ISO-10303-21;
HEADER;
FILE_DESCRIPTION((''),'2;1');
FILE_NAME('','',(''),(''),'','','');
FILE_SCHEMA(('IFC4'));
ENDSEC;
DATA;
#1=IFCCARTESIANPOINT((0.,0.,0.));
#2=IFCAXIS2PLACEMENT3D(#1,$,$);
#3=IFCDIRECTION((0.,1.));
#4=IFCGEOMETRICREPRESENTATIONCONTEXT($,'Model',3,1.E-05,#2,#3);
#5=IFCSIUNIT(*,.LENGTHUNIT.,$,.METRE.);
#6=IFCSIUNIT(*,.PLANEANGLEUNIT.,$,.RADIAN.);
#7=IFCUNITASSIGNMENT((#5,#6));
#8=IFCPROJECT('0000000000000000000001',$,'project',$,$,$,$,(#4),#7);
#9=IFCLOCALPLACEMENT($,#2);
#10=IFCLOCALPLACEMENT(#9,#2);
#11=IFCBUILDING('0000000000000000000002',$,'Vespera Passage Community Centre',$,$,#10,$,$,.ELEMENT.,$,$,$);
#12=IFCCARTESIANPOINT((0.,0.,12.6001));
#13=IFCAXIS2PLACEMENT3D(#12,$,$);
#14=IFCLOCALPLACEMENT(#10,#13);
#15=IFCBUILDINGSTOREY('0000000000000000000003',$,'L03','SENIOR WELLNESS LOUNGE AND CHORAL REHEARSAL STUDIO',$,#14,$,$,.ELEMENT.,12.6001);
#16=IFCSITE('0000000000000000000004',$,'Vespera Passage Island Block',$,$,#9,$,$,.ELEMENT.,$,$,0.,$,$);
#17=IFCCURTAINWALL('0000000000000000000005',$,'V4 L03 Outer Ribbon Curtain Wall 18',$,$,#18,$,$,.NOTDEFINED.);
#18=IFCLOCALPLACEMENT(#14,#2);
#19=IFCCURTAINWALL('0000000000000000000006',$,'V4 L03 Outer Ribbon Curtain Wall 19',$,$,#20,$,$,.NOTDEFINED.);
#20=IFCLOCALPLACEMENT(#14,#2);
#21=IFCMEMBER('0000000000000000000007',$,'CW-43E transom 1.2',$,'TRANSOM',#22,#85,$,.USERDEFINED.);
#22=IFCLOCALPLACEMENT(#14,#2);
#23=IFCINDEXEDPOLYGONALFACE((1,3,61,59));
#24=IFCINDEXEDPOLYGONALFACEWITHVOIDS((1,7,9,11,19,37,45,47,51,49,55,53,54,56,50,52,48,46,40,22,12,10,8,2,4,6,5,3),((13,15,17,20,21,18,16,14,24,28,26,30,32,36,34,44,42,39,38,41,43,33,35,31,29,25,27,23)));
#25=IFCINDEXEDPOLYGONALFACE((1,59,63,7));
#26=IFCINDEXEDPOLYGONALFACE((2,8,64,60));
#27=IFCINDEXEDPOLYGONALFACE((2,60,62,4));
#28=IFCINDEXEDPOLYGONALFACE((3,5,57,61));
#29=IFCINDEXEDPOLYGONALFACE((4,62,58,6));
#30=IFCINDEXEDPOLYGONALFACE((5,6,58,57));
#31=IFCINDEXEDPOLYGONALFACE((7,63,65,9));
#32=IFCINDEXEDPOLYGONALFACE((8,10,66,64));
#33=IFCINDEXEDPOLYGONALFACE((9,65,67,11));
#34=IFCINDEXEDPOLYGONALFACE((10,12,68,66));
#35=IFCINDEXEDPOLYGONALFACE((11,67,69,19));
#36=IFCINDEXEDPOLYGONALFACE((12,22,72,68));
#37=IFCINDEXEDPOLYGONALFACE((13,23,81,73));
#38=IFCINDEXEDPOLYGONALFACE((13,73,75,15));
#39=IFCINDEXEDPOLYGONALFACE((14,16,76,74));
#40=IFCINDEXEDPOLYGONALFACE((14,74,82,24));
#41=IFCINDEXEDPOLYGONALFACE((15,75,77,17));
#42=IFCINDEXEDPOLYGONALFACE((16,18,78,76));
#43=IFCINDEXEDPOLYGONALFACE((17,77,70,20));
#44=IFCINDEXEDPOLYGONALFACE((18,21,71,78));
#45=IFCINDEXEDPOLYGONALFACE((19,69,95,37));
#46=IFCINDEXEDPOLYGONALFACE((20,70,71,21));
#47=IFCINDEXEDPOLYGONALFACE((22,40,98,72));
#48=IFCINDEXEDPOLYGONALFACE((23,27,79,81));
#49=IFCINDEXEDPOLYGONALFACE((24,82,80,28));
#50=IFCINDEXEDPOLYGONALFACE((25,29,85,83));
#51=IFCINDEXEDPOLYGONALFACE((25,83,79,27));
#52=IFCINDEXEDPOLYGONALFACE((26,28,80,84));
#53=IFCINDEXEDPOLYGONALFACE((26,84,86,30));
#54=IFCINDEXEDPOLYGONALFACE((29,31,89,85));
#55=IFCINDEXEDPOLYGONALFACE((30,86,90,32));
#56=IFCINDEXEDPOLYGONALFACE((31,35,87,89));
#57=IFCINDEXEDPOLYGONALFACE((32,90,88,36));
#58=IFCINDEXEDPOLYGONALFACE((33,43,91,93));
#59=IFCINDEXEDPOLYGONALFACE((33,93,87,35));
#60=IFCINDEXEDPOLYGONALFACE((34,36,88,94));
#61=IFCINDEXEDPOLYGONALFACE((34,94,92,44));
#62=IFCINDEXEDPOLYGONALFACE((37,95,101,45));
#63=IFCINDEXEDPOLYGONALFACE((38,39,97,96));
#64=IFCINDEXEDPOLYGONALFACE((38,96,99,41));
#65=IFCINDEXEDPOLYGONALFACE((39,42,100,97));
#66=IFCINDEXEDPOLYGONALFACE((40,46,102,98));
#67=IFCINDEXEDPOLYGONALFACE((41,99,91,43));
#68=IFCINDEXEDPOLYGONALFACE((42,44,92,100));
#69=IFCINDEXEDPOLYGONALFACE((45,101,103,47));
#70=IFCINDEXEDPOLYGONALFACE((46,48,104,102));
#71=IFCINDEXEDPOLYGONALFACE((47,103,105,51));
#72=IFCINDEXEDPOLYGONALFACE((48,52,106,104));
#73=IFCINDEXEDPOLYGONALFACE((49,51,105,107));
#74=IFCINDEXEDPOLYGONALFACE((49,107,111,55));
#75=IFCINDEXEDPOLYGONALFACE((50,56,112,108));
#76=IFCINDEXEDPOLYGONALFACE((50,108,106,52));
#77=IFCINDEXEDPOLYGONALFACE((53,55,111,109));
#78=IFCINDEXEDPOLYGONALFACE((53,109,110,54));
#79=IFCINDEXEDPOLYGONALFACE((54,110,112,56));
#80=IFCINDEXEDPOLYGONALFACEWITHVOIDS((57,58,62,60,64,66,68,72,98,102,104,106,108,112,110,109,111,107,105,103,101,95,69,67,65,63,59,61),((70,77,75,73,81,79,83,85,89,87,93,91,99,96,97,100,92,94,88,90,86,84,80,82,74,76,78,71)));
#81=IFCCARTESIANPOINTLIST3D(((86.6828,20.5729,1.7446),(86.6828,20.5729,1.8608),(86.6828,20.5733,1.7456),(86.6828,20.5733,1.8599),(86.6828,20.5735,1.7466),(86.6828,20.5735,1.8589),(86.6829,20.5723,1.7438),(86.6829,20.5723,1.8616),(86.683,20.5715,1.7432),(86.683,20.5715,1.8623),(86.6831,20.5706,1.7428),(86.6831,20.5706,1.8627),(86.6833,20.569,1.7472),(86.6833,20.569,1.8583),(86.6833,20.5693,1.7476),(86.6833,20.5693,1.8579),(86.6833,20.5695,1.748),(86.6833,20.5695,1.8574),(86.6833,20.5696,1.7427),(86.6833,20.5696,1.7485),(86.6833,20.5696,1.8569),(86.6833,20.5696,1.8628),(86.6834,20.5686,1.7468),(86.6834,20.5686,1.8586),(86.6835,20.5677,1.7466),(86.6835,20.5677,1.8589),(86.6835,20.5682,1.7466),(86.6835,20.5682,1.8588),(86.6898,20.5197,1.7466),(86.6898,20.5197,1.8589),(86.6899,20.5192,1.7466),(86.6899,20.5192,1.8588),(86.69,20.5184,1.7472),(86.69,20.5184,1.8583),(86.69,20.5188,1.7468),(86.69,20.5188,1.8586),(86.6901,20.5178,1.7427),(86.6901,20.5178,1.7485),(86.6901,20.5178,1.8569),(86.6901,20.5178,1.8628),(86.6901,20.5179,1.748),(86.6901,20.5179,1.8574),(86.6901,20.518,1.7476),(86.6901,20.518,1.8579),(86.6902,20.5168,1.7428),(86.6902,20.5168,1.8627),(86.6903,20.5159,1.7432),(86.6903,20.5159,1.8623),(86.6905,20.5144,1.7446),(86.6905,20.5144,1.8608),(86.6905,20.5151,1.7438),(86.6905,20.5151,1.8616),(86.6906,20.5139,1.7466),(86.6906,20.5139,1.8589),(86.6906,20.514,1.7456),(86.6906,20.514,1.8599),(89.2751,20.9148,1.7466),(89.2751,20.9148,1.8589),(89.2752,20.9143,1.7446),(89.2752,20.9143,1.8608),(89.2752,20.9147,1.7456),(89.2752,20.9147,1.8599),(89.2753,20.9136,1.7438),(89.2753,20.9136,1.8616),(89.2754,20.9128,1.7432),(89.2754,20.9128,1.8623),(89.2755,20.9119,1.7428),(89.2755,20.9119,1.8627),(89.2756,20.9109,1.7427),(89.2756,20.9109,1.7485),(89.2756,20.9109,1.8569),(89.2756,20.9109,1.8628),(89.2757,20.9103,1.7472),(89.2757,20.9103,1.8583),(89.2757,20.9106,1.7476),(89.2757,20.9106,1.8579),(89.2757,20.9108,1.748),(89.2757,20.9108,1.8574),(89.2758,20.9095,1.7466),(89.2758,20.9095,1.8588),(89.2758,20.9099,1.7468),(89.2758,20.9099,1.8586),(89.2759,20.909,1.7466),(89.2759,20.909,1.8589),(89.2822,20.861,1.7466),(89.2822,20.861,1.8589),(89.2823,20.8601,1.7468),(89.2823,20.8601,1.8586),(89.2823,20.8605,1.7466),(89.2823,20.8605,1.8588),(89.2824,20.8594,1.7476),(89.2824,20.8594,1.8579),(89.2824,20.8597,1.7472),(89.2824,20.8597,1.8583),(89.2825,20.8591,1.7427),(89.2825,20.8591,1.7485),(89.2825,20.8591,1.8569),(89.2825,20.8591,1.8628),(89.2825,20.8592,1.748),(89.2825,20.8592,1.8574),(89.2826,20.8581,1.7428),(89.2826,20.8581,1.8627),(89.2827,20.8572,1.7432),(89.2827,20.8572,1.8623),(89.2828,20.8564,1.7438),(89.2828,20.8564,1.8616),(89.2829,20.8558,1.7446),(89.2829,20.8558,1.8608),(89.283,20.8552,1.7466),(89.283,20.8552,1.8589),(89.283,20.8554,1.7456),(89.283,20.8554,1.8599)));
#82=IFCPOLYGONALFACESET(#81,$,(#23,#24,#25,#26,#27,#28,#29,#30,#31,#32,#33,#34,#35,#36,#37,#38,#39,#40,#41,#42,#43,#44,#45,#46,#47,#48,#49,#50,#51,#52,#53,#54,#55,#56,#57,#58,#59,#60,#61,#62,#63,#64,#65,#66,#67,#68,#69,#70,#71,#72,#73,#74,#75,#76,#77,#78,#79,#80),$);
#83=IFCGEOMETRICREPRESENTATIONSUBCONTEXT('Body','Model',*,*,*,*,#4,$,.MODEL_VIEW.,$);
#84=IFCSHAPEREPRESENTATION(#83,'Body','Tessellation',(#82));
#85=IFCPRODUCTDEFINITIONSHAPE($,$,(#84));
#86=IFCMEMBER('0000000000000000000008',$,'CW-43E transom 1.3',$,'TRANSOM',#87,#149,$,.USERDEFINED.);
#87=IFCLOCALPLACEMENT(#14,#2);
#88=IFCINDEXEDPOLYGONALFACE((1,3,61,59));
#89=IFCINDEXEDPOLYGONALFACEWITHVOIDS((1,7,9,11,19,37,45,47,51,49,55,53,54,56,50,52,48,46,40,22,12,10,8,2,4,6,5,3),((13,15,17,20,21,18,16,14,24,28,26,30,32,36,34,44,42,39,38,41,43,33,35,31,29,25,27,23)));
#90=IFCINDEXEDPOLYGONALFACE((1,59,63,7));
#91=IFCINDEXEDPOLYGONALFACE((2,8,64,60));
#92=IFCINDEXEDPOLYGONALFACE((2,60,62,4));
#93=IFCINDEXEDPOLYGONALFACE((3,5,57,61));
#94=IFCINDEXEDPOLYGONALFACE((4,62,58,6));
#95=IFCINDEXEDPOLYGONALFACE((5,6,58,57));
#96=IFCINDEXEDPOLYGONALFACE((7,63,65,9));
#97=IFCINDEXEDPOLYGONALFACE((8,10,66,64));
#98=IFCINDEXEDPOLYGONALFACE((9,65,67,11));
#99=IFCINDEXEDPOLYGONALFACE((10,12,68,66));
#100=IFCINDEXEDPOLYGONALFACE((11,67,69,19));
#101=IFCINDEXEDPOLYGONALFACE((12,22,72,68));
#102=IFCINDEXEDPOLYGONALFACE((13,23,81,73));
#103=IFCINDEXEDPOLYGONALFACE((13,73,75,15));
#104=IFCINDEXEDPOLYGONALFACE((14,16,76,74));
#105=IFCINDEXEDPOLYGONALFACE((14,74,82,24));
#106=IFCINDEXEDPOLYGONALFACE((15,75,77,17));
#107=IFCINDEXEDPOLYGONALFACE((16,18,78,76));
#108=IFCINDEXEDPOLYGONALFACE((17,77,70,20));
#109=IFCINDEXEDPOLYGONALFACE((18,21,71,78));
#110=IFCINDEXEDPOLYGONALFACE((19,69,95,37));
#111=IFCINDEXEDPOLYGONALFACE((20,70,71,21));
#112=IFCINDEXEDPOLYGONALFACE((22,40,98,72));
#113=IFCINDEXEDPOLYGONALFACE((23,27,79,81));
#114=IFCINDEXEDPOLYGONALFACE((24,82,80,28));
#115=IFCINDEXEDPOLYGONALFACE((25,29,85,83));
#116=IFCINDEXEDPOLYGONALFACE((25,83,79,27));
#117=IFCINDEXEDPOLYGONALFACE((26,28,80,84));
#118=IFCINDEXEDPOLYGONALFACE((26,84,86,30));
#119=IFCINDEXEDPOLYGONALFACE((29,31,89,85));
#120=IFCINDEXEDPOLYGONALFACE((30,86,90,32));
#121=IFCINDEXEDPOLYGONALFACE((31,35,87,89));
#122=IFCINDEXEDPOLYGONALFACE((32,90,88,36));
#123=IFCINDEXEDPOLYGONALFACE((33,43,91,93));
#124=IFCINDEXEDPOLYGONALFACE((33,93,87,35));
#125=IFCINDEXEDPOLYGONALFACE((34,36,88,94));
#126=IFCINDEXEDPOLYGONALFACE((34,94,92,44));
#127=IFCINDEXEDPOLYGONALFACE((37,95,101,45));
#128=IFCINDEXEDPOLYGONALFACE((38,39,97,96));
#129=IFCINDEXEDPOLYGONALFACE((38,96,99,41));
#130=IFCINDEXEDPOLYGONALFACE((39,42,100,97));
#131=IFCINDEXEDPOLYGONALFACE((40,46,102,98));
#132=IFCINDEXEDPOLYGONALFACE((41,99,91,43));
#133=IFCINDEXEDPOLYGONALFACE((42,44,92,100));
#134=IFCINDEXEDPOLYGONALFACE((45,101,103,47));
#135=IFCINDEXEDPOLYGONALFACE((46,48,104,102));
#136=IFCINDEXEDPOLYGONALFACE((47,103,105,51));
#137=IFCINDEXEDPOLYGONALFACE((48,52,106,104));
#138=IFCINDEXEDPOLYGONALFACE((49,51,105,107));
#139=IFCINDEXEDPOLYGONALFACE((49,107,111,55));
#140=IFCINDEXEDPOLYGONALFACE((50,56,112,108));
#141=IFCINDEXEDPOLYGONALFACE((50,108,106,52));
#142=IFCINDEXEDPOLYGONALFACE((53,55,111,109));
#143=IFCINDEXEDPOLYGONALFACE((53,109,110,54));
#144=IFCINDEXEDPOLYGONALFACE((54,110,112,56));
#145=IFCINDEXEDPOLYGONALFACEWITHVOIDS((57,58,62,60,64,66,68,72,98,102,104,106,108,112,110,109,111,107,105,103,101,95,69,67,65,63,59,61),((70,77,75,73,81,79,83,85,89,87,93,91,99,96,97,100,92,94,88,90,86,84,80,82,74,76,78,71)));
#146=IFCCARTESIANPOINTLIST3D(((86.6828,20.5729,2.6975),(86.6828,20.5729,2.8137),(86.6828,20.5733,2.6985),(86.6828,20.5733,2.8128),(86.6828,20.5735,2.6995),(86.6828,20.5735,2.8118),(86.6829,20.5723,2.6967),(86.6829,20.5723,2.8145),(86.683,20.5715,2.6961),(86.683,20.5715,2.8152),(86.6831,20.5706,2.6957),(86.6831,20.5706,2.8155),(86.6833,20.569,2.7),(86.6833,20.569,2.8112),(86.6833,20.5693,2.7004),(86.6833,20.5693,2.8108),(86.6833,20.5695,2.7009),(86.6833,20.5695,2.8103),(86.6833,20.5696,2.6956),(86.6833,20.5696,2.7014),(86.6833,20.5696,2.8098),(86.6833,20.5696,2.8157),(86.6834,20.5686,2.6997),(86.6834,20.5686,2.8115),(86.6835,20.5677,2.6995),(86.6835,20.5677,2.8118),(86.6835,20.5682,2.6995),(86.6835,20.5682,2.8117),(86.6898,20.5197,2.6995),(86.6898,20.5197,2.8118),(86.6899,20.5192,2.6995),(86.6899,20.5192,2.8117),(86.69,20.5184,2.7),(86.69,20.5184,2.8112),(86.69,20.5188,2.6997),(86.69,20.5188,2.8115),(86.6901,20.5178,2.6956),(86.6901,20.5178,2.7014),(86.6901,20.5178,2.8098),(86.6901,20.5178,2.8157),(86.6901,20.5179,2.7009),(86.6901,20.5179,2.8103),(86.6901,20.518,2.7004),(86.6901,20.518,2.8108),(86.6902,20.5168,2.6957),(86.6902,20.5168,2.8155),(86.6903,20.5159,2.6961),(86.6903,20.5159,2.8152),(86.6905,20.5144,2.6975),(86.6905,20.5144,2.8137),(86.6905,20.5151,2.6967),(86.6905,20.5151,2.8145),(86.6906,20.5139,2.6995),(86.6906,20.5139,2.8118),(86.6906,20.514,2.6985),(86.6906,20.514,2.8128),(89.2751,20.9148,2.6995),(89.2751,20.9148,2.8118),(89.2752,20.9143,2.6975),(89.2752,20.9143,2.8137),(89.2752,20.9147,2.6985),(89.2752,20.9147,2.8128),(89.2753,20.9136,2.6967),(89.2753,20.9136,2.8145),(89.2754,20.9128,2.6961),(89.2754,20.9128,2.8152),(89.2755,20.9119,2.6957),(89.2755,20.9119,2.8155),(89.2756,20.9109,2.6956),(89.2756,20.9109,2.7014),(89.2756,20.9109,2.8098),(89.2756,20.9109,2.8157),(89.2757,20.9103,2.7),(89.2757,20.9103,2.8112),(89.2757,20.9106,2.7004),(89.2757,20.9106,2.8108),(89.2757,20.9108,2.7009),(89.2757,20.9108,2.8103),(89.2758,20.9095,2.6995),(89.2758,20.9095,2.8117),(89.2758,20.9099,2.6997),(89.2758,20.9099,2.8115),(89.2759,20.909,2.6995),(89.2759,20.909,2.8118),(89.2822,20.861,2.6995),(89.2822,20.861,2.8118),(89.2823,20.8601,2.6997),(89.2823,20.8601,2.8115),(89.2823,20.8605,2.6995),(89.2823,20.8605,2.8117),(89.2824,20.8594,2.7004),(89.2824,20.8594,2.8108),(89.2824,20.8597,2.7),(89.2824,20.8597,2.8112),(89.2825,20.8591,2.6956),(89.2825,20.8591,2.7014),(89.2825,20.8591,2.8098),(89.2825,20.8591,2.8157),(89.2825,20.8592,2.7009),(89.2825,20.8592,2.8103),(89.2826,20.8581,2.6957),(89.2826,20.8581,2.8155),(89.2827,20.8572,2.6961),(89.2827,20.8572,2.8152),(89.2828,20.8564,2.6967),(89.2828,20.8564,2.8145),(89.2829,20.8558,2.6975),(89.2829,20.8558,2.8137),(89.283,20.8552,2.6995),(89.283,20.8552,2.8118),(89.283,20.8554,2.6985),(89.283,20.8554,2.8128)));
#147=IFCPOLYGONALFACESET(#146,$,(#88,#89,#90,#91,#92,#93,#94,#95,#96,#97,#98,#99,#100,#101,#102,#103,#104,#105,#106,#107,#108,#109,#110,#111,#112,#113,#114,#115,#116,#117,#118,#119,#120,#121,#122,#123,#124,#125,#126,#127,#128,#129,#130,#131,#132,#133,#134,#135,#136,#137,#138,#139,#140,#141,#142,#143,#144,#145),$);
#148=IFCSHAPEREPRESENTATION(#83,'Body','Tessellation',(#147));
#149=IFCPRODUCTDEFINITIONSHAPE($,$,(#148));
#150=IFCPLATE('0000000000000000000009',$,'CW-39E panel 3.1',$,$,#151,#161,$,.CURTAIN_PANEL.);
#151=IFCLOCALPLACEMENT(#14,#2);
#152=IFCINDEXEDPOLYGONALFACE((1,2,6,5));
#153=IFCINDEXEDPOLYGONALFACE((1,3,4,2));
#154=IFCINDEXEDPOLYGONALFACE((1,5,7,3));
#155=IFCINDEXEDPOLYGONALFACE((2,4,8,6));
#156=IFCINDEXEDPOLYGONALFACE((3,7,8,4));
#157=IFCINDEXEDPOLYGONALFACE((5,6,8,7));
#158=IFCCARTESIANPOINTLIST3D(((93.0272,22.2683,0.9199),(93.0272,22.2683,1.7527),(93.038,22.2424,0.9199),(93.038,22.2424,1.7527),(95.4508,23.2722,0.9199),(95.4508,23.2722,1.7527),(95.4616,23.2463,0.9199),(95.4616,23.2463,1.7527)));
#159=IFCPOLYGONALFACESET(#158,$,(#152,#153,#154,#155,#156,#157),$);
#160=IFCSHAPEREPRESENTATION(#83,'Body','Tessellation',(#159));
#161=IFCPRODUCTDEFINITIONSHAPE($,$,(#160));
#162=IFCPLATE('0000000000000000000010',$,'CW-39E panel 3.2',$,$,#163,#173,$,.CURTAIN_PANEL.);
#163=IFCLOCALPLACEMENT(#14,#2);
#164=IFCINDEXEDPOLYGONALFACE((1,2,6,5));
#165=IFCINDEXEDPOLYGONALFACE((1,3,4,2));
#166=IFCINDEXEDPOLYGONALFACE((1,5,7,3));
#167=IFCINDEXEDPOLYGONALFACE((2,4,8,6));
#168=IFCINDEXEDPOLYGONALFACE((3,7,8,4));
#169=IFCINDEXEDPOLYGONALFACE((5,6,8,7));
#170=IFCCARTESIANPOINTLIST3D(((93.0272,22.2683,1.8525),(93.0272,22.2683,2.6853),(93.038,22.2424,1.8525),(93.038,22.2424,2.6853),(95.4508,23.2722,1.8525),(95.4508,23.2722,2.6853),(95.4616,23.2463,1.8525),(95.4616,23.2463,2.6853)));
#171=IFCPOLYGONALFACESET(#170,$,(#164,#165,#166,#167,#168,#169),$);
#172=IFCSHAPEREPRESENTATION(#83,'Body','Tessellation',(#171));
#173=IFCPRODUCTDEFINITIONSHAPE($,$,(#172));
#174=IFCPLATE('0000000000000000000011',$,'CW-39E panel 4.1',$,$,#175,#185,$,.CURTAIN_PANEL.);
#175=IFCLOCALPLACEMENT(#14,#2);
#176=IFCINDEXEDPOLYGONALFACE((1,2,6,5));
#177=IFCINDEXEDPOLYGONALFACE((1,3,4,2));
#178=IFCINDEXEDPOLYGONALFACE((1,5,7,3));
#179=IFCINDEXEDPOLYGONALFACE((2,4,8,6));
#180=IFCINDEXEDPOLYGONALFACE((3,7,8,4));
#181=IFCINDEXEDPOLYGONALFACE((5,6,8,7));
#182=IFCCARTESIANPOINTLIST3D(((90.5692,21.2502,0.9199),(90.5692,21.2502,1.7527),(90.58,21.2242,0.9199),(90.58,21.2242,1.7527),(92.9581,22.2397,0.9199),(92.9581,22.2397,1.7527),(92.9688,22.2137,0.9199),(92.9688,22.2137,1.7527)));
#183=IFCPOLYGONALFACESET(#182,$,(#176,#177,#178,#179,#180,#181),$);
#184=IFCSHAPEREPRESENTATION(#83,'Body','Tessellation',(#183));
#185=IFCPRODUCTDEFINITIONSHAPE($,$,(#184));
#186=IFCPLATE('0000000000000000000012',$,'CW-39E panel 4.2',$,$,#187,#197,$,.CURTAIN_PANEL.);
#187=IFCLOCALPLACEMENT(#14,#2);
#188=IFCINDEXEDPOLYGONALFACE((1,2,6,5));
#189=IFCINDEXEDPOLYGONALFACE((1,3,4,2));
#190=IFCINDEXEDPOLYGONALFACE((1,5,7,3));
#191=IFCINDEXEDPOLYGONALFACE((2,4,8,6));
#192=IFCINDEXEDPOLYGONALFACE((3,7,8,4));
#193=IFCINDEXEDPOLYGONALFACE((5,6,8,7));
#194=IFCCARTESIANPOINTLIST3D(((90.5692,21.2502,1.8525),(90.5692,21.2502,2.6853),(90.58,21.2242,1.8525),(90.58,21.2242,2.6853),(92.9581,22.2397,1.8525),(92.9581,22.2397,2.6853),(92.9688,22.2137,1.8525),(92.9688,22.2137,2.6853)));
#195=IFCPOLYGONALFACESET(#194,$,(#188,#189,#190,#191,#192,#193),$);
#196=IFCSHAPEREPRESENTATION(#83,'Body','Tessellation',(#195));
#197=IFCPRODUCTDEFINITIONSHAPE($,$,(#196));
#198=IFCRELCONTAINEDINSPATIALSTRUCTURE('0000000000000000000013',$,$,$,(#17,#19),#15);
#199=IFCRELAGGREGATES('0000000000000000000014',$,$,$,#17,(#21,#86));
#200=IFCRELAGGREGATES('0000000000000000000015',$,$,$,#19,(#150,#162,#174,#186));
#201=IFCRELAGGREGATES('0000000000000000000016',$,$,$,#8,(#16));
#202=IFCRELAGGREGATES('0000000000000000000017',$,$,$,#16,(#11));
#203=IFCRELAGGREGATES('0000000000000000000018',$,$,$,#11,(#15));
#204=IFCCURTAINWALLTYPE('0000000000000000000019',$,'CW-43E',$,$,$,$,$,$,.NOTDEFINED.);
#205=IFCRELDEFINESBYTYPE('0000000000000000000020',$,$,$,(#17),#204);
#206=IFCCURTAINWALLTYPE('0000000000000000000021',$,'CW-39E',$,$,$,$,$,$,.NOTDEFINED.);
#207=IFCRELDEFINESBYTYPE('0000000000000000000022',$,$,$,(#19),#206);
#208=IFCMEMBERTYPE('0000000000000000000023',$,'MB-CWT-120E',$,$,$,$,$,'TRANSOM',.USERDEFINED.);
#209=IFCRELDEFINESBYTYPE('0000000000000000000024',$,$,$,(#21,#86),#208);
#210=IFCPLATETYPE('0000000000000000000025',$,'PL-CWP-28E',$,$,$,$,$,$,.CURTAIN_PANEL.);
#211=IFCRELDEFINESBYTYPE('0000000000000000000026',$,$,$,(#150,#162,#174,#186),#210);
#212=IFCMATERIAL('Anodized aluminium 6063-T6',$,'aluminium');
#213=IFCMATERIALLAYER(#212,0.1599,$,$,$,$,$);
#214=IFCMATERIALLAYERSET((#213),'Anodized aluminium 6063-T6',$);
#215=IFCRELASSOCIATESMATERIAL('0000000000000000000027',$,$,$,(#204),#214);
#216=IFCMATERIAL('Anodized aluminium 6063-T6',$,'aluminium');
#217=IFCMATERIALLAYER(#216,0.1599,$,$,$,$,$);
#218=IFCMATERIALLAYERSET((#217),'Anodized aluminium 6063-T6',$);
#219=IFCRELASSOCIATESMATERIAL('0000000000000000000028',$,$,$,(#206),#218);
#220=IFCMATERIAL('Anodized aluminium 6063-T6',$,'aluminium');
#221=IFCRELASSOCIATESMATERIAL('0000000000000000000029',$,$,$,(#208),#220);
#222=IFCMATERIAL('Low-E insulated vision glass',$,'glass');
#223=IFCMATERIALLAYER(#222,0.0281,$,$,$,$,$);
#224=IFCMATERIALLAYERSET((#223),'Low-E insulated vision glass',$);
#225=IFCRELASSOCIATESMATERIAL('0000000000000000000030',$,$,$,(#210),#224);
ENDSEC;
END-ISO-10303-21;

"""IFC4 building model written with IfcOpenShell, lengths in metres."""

from ifc_helpers import new_model, si_unit, direction, frame, origin, origin_2d, place, context, subcontext, project, spatial, rectangle, hollow_rectangle, extrude, material, layer, layer_set, material_profile, profile_set, type_object, element, aggregate, save


model = new_model("IFC4")

# Units and contexts
model_context = context("Model", 3, precision=1e-05, world=origin(), true_north=direction((0.0, 1.0)))
body_context = subcontext(model_context, "Body", "Model", "MODEL_VIEW")
ifc_project = project(units=[si_unit("LENGTHUNIT", "METRE"), si_unit("PLANEANGLEUNIT", "RADIAN")], contexts=[model_context])

# Site, building, storey
site_placement = place(None, origin())
site = spatial("IfcSite", under=ifc_project, at=site_placement, Name="Vespera Passage Island Block", CompositionType="ELEMENT", RefElevation=0.0)
building_placement = place(site_placement, origin())
building = spatial("IfcBuilding", under=site, at=building_placement, Name="Vespera Passage Community Centre", CompositionType="ELEMENT")
storey_placement = place(building_placement, frame((0.0, 0.0, 12.6001)))
storey = spatial("IfcBuildingStorey", under=building, at=storey_placement, Name="L03", Description="SENIOR WELLNESS LOUNGE AND CHORAL REHEARSAL STUDIO", CompositionType="ELEMENT", Elevation=12.6001)

# Curtain wall
ifc_material_1 = material(Name="Anodized aluminium 6063-T6", Category="aluminium")
ifc_layer_1 = layer(ifc_material_1, 0.1599)
ifc_layer_set_1 = layer_set([ifc_layer_1], Name="Anodized aluminium 6063-T6")
curtain_wall_type_1 = type_object("IfcCurtainWallType", Name="CW-43E", PredefinedType="NOTDEFINED", material=ifc_layer_set_1)
curtain_wall_1_placement = place(storey_placement, origin())
curtain_wall_1 = element("IfcCurtainWall", 1, at=curtain_wall_1_placement, inside=storey, type_object=curtain_wall_type_1, Name="V4 L03 Outer Ribbon Curtain Wall 18", PredefinedType="NOTDEFINED")

# Curtain wall
ifc_material_2 = material(Name="Anodized aluminium 6063-T6", Category="aluminium")
ifc_layer_2 = layer(ifc_material_2, 0.1599)
ifc_layer_set_2 = layer_set([ifc_layer_2], Name="Anodized aluminium 6063-T6")
curtain_wall_type_2 = type_object("IfcCurtainWallType", Name="CW-39E", PredefinedType="NOTDEFINED", material=ifc_layer_set_2)
curtain_wall_2_placement = place(storey_placement, origin())
curtain_wall_2 = element("IfcCurtainWall", 2, at=curtain_wall_2_placement, inside=storey, type_object=curtain_wall_type_2, Name="V4 L03 Outer Ribbon Curtain Wall 19", PredefinedType="NOTDEFINED")

# Members
ifc_material_3 = material(Name="Anodized aluminium 6063-T6", Category="aluminium")
ifc_material_profile_1 = material_profile(ifc_material_3, hollow_rectangle(XDim=0.0601, YDim=0.1201, WallThickness=0.0039, InnerFilletRadius=0.002, OuterFilletRadius=0.0039, at=origin_2d()), Name="ALU120X60X4")
ifc_profile_set_1 = profile_set([ifc_material_profile_1], Name="Anodized aluminium 6063-T6")
member_type_1 = type_object("IfcMemberType", Name="MB-CWT-120E", ElementType="TRANSOM", PredefinedType="USERDEFINED", material=ifc_profile_set_1)
member_1_placement = place(storey_placement, frame((89.2791, 20.885, 1.8027), z_axis=(-0.991443, -0.130537, 0.0), x_axis=(0.130537, -0.991443, 0.0)))
member_1 = element("IfcMember", 3, at=member_1_placement, type_object=member_type_1, Name="CW-43E transom 1.2", ObjectType="TRANSOM", PredefinedType="USERDEFINED", context=body_context, shape_type="SweptSolid", body=[
    extrude(hollow_rectangle(XDim=0.0601, YDim=0.1201, WallThickness=0.0039, InnerFilletRadius=0.002, OuterFilletRadius=0.0039, at=origin_2d()), origin(), (0.0, 0.0, 1.0), 2.6147),
])
member_2_placement = place(storey_placement, frame((89.2791, 20.885, 2.7556), z_axis=(-0.991443, -0.130537, 0.0), x_axis=(0.130537, -0.991443, 0.0)))
member_2 = element("IfcMember", 4, at=member_2_placement, type_object=member_type_1, Name="CW-43E transom 1.3", ObjectType="TRANSOM", PredefinedType="USERDEFINED", context=body_context, shape_type="SweptSolid", body=[
    extrude(hollow_rectangle(XDim=0.0601, YDim=0.1201, WallThickness=0.0039, InnerFilletRadius=0.002, OuterFilletRadius=0.0039, at=origin_2d()), origin(), (0.0, 0.0, 1.0), 2.6147),
])
aggregate(curtain_wall_1, [member_1, member_2])

# Plates
ifc_material_4 = material(Name="Low-E insulated vision glass", Category="glass")
ifc_layer_3 = layer(ifc_material_4, 0.0281)
ifc_layer_set_3 = layer_set([ifc_layer_3], Name="Low-E insulated vision glass")
plate_type = type_object("IfcPlateType", Name="PL-CWP-28E", PredefinedType="CURTAIN_PANEL", material=ifc_layer_set_3)
plate_1_placement = place(storey_placement, frame((94.2444, 22.7573, 0.9199), z_axis=(0.0, 0.0, 1.0), x_axis=(-0.92388, -0.382683, 0.0)))
plate_1 = element("IfcPlate", 5, at=plate_1_placement, type_object=plate_type, Name="CW-39E panel 3.1", PredefinedType="CURTAIN_PANEL", context=body_context, shape_type="SweptSolid", body=[
    extrude(rectangle(XDim=2.6233, YDim=0.0281, at=origin_2d()), origin(), (0.0, 0.0, 1.0), 0.8328),
])
plate_2_placement = place(storey_placement, frame((94.2444, 22.7573, 1.8525), z_axis=(0.0, 0.0, 1.0), x_axis=(-0.92388, -0.382683, 0.0)))
plate_2 = element("IfcPlate", 6, at=plate_2_placement, type_object=plate_type, Name="CW-39E panel 3.2", PredefinedType="CURTAIN_PANEL", context=body_context, shape_type="SweptSolid", body=[
    extrude(rectangle(XDim=2.6233, YDim=0.0281, at=origin_2d()), origin(), (0.0, 0.0, 1.0), 0.8328),
])
plate_3_placement = place(storey_placement, frame((91.769, 21.7319, 0.9199), z_axis=(0.0, 0.0, 1.0), x_axis=(-0.92388, -0.382683, 0.0)))
plate_3 = element("IfcPlate", 7, at=plate_3_placement, type_object=plate_type, Name="CW-39E panel 4.1", PredefinedType="CURTAIN_PANEL", context=body_context, shape_type="SweptSolid", body=[
    extrude(rectangle(XDim=2.5857, YDim=0.0281, at=origin_2d()), origin(), (0.0, 0.0, 1.0), 0.8328),
])
plate_4_placement = place(storey_placement, frame((91.769, 21.7319, 1.8525), z_axis=(0.0, 0.0, 1.0), x_axis=(-0.92388, -0.382683, 0.0)))
plate_4 = element("IfcPlate", 8, at=plate_4_placement, type_object=plate_type, Name="CW-39E panel 4.2", PredefinedType="CURTAIN_PANEL", context=body_context, shape_type="SweptSolid", body=[
    extrude(rectangle(XDim=2.5857, YDim=0.0281, at=origin_2d()), origin(), (0.0, 0.0, 1.0), 0.8328),
])
aggregate(curtain_wall_2, [plate_1, plate_2, plate_3, plate_4])

save(model, "model.ifc")
